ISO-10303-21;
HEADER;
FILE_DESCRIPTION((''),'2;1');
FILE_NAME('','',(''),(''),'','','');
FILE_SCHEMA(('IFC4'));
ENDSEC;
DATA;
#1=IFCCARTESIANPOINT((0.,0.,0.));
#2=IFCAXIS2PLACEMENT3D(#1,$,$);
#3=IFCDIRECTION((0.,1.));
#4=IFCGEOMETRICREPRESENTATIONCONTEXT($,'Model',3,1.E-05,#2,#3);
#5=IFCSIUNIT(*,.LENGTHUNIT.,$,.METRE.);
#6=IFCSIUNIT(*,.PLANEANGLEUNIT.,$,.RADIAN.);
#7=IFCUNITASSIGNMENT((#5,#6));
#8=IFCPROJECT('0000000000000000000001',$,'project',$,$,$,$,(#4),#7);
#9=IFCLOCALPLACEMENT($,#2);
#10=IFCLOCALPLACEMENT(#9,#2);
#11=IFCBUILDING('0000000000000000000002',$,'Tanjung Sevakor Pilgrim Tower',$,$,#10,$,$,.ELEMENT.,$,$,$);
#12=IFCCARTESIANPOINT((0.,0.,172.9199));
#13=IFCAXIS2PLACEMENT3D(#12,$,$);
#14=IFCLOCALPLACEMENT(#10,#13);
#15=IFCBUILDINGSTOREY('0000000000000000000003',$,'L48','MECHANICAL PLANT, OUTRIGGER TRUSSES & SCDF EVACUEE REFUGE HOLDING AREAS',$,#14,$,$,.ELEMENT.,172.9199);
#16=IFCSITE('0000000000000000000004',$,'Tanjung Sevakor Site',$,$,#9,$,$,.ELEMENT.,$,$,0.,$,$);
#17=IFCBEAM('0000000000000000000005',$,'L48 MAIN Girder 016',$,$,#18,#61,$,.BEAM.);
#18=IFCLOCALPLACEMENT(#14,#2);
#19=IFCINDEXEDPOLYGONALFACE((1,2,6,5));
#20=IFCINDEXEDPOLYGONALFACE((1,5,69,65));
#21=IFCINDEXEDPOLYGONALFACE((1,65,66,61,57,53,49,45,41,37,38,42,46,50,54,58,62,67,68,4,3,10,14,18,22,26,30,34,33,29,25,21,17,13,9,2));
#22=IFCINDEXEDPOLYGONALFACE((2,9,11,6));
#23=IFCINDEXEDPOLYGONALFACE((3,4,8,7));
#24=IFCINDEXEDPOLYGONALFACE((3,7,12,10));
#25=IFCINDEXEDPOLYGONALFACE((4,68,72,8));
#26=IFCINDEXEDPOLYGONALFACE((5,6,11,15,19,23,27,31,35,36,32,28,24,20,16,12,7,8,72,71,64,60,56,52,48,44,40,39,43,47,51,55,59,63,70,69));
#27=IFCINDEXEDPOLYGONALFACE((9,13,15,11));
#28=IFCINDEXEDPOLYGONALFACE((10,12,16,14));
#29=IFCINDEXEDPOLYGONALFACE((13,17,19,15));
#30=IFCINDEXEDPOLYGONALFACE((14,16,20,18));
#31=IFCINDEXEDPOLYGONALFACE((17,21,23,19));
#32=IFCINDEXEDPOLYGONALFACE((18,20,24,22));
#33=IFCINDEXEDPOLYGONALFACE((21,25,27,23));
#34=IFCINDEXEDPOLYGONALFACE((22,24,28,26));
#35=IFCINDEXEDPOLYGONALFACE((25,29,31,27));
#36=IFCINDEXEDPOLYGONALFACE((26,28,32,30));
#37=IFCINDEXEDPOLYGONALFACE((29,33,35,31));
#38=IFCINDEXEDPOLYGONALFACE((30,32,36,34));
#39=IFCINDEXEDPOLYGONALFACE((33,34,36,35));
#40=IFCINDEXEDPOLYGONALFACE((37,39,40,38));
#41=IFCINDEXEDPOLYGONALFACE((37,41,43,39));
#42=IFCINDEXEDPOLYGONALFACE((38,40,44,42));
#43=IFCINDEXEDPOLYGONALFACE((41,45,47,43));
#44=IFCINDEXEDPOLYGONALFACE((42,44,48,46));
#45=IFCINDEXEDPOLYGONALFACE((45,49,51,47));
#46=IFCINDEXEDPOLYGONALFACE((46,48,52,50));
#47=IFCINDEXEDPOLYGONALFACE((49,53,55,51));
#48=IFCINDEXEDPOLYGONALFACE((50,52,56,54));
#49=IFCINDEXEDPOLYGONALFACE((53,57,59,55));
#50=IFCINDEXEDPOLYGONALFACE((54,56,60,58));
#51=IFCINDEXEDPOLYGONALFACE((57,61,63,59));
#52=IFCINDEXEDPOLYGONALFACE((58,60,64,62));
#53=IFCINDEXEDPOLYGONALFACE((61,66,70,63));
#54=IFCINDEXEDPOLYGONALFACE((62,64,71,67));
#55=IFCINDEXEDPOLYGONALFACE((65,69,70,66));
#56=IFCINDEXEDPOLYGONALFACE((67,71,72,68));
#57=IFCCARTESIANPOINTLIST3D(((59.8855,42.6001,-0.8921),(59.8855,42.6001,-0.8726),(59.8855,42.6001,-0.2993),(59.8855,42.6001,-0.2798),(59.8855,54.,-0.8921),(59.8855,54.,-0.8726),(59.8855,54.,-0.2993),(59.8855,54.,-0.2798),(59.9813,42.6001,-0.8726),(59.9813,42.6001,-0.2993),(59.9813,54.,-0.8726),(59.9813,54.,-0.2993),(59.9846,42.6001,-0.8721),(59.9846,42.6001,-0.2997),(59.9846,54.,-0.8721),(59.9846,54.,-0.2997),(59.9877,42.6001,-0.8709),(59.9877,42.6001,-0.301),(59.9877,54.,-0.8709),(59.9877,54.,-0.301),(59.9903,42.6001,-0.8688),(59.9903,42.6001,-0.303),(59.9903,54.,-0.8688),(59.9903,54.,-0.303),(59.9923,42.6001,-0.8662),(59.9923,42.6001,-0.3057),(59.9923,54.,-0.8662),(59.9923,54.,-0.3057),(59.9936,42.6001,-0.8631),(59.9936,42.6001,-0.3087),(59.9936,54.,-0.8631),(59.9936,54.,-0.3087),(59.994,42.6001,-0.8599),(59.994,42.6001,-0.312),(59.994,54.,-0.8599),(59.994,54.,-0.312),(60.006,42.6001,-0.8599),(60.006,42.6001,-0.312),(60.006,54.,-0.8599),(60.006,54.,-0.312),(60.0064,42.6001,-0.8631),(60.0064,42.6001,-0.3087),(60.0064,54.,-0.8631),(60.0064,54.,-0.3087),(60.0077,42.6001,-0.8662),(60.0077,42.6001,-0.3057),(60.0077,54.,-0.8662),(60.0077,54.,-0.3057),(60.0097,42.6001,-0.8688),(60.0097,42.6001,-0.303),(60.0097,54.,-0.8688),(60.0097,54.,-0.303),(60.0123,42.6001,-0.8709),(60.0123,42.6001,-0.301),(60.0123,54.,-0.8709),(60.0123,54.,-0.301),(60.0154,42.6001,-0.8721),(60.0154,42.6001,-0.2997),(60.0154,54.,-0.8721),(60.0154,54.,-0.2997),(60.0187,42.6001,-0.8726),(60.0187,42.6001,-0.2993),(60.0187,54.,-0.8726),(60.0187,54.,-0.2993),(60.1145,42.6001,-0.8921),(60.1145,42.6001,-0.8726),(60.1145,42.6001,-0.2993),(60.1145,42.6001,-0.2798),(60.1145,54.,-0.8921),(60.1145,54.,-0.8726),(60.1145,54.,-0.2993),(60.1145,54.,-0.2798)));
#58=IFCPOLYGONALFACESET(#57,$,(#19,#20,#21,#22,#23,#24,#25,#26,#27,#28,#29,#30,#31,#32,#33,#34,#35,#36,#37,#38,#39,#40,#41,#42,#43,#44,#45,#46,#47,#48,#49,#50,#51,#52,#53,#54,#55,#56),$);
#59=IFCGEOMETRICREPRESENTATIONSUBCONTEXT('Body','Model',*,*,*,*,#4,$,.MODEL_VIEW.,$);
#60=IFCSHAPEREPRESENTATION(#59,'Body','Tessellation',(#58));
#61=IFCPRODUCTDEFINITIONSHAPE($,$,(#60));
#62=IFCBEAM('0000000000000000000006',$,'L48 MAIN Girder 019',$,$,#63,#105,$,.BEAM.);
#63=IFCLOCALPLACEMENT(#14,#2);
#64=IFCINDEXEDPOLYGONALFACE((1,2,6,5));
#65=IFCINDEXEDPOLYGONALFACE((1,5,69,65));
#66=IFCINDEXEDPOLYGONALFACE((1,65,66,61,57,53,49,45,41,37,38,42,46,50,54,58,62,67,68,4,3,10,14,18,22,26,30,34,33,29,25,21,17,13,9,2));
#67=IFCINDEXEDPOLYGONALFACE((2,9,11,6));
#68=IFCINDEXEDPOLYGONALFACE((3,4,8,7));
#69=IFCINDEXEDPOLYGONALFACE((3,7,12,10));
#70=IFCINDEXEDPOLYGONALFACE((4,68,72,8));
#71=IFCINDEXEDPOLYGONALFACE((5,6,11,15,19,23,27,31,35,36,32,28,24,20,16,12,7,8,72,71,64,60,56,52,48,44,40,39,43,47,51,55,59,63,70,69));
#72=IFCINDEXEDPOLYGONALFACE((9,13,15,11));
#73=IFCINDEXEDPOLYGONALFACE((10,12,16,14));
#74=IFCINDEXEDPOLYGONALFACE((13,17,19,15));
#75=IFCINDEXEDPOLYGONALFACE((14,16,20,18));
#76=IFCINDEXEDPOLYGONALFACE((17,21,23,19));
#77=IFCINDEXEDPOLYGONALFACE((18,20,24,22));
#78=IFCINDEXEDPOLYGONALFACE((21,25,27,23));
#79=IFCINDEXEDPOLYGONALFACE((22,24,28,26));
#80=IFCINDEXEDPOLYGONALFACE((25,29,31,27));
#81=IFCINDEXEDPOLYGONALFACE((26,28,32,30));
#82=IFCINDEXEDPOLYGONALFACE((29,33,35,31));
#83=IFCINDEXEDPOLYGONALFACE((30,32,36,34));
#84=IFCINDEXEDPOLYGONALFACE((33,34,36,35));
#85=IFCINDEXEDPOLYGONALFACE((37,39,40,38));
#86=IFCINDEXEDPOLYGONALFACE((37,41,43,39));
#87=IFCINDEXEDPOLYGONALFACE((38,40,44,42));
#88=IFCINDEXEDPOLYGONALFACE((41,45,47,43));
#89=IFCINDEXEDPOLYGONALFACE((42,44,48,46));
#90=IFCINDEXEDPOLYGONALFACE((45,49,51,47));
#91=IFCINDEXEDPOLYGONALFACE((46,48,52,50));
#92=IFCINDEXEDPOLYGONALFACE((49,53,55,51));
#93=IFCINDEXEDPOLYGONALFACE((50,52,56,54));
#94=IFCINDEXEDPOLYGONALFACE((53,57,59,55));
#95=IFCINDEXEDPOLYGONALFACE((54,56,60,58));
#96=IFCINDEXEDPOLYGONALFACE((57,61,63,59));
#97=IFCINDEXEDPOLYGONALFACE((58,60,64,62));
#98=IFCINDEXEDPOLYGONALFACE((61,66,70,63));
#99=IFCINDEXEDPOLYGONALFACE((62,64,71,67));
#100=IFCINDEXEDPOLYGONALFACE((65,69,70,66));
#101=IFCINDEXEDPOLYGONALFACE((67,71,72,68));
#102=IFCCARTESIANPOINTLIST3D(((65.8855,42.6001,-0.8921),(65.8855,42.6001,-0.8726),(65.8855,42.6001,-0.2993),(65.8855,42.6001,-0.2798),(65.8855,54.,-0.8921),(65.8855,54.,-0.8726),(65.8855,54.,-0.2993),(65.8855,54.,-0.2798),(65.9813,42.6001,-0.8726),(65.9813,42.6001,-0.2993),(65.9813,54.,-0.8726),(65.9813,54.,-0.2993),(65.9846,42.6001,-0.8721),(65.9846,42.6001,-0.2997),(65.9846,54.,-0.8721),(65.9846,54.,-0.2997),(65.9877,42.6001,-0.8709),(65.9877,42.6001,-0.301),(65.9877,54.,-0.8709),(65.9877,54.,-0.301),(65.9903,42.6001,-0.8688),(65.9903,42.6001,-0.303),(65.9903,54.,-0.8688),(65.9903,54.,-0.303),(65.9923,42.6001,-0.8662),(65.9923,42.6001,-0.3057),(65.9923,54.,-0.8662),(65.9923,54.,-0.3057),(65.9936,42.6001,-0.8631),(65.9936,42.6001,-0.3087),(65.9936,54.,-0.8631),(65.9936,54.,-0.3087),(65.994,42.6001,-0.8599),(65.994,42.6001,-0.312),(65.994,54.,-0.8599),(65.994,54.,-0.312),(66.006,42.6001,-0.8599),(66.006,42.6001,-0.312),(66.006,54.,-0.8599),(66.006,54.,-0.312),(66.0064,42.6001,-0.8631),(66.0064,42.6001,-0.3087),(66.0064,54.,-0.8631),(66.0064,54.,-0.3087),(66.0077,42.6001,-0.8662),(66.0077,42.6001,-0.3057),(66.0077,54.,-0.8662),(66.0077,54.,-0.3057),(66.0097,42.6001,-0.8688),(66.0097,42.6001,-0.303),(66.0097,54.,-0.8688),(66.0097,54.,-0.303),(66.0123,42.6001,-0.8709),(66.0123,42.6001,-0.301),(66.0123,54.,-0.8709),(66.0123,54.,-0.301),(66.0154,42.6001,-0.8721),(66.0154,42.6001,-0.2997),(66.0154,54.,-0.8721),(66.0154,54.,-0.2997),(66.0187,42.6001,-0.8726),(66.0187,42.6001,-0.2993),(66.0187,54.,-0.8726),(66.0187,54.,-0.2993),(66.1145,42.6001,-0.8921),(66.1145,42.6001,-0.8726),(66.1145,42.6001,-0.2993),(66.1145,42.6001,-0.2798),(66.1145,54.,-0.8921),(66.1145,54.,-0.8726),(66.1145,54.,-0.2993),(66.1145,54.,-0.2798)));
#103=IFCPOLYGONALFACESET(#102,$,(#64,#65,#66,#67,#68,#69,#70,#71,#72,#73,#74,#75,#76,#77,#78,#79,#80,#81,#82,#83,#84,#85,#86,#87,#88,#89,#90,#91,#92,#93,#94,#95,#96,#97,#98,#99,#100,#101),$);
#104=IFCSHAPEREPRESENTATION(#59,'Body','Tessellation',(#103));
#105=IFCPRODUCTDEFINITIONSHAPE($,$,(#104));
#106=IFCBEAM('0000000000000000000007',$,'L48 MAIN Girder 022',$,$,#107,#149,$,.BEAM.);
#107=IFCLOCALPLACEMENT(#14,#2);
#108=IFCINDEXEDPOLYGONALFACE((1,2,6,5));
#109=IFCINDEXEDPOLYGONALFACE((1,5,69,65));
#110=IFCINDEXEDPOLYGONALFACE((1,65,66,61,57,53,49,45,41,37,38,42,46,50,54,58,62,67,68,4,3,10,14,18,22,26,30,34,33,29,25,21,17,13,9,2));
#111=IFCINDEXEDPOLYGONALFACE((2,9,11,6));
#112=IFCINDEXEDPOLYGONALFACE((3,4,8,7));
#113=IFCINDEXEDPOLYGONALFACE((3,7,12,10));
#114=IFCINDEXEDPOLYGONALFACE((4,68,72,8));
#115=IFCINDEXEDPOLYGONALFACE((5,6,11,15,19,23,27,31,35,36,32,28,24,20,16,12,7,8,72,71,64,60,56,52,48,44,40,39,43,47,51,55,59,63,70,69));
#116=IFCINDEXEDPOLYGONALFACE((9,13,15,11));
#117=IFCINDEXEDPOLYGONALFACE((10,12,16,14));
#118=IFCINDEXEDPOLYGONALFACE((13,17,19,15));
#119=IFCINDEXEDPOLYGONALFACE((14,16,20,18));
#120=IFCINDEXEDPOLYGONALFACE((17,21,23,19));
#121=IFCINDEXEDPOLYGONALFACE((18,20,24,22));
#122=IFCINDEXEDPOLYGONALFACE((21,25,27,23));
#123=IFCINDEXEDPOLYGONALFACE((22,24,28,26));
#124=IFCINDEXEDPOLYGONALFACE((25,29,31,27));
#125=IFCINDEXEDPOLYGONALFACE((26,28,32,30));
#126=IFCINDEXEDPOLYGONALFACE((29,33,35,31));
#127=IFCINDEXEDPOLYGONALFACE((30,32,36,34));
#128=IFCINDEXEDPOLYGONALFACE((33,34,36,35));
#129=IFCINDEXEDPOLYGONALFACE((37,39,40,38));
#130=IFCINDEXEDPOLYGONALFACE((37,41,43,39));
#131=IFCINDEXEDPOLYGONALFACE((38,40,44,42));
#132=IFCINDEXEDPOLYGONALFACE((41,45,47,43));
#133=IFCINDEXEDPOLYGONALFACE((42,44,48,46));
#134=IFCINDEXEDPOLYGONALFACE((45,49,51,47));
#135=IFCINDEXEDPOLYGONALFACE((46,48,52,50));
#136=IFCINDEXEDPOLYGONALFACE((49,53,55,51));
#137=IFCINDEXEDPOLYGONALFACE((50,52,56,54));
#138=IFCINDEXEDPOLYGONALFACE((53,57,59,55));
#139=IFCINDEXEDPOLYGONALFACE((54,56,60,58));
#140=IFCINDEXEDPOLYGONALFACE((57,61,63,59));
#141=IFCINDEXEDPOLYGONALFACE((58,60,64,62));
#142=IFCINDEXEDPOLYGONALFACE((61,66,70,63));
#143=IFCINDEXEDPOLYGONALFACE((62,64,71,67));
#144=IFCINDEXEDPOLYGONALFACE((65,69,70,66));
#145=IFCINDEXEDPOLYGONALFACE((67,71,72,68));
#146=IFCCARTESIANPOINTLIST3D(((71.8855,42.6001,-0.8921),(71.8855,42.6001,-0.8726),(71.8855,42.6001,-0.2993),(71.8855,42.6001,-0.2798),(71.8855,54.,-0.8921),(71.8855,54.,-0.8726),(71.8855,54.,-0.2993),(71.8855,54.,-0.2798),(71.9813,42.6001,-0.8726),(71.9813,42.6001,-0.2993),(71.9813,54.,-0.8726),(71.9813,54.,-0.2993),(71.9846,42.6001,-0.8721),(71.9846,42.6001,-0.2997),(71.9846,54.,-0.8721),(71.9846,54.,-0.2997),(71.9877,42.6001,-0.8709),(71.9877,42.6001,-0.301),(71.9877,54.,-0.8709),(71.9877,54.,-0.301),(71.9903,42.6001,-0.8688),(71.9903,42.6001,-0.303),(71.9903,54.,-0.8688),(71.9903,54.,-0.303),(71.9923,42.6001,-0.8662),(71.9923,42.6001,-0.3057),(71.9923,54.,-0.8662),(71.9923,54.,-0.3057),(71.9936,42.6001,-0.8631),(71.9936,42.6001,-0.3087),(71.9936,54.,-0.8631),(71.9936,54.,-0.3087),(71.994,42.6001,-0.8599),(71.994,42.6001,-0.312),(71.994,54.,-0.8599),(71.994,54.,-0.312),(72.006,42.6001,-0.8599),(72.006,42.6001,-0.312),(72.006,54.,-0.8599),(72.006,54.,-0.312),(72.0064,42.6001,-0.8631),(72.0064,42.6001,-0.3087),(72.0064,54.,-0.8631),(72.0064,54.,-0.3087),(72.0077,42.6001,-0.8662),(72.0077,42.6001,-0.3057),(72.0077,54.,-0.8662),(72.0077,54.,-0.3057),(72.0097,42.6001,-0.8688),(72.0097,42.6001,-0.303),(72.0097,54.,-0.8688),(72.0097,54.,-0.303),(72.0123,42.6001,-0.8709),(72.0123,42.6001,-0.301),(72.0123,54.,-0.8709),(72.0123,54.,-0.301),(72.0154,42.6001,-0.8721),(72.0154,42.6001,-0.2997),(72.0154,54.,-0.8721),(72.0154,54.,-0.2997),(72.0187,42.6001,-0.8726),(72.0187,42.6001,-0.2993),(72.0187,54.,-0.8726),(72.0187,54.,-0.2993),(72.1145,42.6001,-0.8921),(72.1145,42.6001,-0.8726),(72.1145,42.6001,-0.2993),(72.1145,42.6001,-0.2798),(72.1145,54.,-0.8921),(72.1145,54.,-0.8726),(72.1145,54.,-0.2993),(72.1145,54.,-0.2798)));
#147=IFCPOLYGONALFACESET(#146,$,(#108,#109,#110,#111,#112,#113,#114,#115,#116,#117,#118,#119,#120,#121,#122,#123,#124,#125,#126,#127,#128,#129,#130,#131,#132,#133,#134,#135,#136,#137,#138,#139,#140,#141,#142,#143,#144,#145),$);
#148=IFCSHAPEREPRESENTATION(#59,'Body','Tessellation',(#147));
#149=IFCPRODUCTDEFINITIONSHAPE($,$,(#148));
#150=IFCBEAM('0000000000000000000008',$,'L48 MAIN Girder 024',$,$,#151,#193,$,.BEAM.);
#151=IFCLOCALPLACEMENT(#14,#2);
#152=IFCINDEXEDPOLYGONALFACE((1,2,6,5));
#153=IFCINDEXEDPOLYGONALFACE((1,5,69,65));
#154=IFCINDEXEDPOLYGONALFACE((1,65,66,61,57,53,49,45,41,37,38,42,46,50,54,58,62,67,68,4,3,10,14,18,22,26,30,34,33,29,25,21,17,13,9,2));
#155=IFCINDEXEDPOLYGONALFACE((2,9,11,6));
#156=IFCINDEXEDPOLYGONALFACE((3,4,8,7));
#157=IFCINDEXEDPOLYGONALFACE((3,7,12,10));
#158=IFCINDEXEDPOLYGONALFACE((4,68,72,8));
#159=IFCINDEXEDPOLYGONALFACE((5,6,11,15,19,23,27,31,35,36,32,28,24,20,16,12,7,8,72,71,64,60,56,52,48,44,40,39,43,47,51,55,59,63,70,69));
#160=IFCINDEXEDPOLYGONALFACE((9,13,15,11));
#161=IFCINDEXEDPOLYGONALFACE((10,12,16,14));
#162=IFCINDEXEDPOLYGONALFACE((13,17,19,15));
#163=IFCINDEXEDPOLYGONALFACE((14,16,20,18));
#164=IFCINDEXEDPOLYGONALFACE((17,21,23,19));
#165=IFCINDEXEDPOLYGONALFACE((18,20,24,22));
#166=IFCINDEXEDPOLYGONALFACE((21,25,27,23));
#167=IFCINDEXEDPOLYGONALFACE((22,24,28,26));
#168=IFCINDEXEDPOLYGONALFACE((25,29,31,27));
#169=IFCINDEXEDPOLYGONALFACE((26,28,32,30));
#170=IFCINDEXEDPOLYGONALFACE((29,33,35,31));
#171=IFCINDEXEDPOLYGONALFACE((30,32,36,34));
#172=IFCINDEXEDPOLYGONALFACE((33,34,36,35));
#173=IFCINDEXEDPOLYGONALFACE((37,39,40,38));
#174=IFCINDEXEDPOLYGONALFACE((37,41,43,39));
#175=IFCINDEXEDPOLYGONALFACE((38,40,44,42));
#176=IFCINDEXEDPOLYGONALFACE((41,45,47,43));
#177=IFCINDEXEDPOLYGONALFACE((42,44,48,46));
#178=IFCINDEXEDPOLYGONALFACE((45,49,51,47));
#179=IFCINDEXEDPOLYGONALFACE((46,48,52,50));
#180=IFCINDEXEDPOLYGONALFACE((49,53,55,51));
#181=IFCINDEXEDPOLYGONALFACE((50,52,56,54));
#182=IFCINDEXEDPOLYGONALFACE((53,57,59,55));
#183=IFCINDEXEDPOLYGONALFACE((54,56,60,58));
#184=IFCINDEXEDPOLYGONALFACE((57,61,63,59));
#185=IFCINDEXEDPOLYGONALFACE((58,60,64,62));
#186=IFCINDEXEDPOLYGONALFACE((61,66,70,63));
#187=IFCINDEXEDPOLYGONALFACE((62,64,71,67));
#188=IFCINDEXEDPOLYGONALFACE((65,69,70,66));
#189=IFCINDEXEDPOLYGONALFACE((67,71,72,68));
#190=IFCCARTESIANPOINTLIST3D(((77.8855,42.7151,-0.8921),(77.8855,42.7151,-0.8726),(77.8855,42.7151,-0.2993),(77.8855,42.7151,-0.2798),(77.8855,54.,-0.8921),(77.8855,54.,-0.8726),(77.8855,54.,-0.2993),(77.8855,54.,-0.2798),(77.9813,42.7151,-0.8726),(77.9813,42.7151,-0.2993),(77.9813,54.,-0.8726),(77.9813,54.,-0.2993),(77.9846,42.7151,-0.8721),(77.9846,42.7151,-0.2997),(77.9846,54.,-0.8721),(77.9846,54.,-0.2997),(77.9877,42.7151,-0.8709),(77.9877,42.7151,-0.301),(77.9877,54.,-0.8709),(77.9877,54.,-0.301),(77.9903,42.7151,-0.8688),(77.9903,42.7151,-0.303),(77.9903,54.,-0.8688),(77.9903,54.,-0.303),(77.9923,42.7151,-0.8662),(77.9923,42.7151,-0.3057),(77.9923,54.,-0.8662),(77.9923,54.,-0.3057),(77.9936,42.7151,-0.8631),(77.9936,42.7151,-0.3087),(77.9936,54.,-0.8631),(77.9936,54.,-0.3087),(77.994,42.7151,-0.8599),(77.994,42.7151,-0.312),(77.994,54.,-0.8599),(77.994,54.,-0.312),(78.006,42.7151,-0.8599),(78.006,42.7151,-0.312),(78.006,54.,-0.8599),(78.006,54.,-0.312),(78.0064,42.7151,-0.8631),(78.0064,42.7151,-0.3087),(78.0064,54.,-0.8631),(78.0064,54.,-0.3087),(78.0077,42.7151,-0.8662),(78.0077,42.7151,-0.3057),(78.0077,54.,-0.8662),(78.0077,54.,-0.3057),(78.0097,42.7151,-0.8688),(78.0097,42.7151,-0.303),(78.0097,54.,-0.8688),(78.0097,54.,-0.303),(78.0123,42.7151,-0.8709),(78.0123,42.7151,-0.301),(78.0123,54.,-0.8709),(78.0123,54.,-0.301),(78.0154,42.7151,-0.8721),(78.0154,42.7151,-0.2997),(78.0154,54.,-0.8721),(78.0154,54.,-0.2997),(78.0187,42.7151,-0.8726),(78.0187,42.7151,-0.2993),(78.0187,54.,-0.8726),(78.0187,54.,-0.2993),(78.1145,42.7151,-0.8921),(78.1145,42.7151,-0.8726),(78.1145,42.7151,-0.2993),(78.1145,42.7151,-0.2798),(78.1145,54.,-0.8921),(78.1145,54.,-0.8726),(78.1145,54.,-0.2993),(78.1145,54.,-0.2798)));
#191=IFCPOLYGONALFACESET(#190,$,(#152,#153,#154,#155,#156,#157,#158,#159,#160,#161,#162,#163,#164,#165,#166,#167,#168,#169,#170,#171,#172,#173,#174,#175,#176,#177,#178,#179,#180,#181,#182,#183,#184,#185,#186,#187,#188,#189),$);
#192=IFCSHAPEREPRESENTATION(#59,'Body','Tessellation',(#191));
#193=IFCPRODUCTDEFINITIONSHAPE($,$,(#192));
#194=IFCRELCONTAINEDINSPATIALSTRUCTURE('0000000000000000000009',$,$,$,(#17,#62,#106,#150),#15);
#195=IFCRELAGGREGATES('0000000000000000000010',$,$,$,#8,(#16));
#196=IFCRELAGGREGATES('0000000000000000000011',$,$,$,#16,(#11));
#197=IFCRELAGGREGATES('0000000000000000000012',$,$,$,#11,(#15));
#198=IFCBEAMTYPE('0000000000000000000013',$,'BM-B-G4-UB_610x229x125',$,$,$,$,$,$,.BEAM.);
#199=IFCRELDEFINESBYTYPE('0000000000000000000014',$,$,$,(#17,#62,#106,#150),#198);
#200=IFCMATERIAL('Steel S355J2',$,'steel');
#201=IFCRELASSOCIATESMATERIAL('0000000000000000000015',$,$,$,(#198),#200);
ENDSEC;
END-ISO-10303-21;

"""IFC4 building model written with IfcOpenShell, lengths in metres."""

from ifc_helpers import new_model, si_unit, direction, frame, origin, origin_2d, place, context, subcontext, project, spatial, i_section, extrude, material, material_profile, profile_set, type_object, element, save


model = new_model("IFC4")

# Units and contexts
model_context = context("Model", 3, precision=1e-05, world=origin(), true_north=direction((0.0, 1.0)))
body_context = subcontext(model_context, "Body", "Model", "MODEL_VIEW")
ifc_project = project(units=[si_unit("LENGTHUNIT", "METRE"), si_unit("PLANEANGLEUNIT", "RADIAN")], contexts=[model_context])

# Site, building, storey
site_placement = place(None, origin())
site = spatial("IfcSite", under=ifc_project, at=site_placement, Name="Tanjung Sevakor Site", CompositionType="ELEMENT", RefElevation=0.0)
building_placement = place(site_placement, origin())
building = spatial("IfcBuilding", under=site, at=building_placement, Name="Tanjung Sevakor Pilgrim Tower", CompositionType="ELEMENT")
storey_placement = place(building_placement, frame((0.0, 0.0, 172.9199)))
storey = spatial("IfcBuildingStorey", under=building, at=storey_placement, Name="L48", Description="MECHANICAL PLANT, OUTRIGGER TRUSSES & SCDF EVACUEE REFUGE HOLDING AREAS", CompositionType="ELEMENT", Elevation=172.9199)

# Beams
ifc_material_1 = material(Name="Steel S355J2", Category="steel")
ifc_material_profile_1 = material_profile(ifc_material_1, i_section(OverallWidth=0.229, OverallDepth=0.6123, WebThickness=0.012, FlangeThickness=0.0195, FilletRadius=0.0127, at=origin_2d()))
ifc_profile_set_1 = profile_set([ifc_material_profile_1], Name="Steel S355J2")
beam_type_1 = type_object("IfcBeamType", Name="BM-B-G4-UB_610x229x125", PredefinedType="BEAM", material=ifc_profile_set_1)
for number, where, z_axis, x_axis, name in (
    (1, (60.0, 42.6001, -0.5859), (0.0, 1.0, 0.0), (-1.0, 0.0, 0.0), "L48 MAIN Girder 016"),
    (2, (66.0, 42.6001, -0.5859), (0.0, 1.0, 0.0), (-1.0, 0.0, 0.0), "L48 MAIN Girder 019"),
    (3, (72.0, 42.6001, -0.5859), (0.0, 1.0, 0.0), (-1.0, 0.0, 0.0), "L48 MAIN Girder 022"),
):
    element("IfcBeam", number, at=place(storey_placement, frame(where, z_axis=z_axis, x_axis=x_axis)), inside=storey, type_object=beam_type_1, Name=name, PredefinedType="BEAM", context=body_context, shape_type="SweptSolid", body=[
        extrude(i_section(OverallWidth=0.229, OverallDepth=0.6123, WebThickness=0.012, FlangeThickness=0.0195, FilletRadius=0.0127, at=origin_2d()), origin(), (0.0, 0.0, 1.0), 11.3999),
    ])
beam_placement = place(storey_placement, frame((78.0, 42.7151, -0.5859), z_axis=(0.0, 1.0, 0.0), x_axis=(-1.0, 0.0, 0.0)))
element("IfcBeam", 4, at=beam_placement, inside=storey, type_object=beam_type_1, Name="L48 MAIN Girder 024", PredefinedType="BEAM", context=body_context, shape_type="SweptSolid", body=[
    extrude(i_section(OverallWidth=0.229, OverallDepth=0.6123, WebThickness=0.012, FlangeThickness=0.0195, FilletRadius=0.0127, at=origin_2d()), origin(), (0.0, 0.0, 1.0), 11.2849),
])

save(model, "model.ifc")
